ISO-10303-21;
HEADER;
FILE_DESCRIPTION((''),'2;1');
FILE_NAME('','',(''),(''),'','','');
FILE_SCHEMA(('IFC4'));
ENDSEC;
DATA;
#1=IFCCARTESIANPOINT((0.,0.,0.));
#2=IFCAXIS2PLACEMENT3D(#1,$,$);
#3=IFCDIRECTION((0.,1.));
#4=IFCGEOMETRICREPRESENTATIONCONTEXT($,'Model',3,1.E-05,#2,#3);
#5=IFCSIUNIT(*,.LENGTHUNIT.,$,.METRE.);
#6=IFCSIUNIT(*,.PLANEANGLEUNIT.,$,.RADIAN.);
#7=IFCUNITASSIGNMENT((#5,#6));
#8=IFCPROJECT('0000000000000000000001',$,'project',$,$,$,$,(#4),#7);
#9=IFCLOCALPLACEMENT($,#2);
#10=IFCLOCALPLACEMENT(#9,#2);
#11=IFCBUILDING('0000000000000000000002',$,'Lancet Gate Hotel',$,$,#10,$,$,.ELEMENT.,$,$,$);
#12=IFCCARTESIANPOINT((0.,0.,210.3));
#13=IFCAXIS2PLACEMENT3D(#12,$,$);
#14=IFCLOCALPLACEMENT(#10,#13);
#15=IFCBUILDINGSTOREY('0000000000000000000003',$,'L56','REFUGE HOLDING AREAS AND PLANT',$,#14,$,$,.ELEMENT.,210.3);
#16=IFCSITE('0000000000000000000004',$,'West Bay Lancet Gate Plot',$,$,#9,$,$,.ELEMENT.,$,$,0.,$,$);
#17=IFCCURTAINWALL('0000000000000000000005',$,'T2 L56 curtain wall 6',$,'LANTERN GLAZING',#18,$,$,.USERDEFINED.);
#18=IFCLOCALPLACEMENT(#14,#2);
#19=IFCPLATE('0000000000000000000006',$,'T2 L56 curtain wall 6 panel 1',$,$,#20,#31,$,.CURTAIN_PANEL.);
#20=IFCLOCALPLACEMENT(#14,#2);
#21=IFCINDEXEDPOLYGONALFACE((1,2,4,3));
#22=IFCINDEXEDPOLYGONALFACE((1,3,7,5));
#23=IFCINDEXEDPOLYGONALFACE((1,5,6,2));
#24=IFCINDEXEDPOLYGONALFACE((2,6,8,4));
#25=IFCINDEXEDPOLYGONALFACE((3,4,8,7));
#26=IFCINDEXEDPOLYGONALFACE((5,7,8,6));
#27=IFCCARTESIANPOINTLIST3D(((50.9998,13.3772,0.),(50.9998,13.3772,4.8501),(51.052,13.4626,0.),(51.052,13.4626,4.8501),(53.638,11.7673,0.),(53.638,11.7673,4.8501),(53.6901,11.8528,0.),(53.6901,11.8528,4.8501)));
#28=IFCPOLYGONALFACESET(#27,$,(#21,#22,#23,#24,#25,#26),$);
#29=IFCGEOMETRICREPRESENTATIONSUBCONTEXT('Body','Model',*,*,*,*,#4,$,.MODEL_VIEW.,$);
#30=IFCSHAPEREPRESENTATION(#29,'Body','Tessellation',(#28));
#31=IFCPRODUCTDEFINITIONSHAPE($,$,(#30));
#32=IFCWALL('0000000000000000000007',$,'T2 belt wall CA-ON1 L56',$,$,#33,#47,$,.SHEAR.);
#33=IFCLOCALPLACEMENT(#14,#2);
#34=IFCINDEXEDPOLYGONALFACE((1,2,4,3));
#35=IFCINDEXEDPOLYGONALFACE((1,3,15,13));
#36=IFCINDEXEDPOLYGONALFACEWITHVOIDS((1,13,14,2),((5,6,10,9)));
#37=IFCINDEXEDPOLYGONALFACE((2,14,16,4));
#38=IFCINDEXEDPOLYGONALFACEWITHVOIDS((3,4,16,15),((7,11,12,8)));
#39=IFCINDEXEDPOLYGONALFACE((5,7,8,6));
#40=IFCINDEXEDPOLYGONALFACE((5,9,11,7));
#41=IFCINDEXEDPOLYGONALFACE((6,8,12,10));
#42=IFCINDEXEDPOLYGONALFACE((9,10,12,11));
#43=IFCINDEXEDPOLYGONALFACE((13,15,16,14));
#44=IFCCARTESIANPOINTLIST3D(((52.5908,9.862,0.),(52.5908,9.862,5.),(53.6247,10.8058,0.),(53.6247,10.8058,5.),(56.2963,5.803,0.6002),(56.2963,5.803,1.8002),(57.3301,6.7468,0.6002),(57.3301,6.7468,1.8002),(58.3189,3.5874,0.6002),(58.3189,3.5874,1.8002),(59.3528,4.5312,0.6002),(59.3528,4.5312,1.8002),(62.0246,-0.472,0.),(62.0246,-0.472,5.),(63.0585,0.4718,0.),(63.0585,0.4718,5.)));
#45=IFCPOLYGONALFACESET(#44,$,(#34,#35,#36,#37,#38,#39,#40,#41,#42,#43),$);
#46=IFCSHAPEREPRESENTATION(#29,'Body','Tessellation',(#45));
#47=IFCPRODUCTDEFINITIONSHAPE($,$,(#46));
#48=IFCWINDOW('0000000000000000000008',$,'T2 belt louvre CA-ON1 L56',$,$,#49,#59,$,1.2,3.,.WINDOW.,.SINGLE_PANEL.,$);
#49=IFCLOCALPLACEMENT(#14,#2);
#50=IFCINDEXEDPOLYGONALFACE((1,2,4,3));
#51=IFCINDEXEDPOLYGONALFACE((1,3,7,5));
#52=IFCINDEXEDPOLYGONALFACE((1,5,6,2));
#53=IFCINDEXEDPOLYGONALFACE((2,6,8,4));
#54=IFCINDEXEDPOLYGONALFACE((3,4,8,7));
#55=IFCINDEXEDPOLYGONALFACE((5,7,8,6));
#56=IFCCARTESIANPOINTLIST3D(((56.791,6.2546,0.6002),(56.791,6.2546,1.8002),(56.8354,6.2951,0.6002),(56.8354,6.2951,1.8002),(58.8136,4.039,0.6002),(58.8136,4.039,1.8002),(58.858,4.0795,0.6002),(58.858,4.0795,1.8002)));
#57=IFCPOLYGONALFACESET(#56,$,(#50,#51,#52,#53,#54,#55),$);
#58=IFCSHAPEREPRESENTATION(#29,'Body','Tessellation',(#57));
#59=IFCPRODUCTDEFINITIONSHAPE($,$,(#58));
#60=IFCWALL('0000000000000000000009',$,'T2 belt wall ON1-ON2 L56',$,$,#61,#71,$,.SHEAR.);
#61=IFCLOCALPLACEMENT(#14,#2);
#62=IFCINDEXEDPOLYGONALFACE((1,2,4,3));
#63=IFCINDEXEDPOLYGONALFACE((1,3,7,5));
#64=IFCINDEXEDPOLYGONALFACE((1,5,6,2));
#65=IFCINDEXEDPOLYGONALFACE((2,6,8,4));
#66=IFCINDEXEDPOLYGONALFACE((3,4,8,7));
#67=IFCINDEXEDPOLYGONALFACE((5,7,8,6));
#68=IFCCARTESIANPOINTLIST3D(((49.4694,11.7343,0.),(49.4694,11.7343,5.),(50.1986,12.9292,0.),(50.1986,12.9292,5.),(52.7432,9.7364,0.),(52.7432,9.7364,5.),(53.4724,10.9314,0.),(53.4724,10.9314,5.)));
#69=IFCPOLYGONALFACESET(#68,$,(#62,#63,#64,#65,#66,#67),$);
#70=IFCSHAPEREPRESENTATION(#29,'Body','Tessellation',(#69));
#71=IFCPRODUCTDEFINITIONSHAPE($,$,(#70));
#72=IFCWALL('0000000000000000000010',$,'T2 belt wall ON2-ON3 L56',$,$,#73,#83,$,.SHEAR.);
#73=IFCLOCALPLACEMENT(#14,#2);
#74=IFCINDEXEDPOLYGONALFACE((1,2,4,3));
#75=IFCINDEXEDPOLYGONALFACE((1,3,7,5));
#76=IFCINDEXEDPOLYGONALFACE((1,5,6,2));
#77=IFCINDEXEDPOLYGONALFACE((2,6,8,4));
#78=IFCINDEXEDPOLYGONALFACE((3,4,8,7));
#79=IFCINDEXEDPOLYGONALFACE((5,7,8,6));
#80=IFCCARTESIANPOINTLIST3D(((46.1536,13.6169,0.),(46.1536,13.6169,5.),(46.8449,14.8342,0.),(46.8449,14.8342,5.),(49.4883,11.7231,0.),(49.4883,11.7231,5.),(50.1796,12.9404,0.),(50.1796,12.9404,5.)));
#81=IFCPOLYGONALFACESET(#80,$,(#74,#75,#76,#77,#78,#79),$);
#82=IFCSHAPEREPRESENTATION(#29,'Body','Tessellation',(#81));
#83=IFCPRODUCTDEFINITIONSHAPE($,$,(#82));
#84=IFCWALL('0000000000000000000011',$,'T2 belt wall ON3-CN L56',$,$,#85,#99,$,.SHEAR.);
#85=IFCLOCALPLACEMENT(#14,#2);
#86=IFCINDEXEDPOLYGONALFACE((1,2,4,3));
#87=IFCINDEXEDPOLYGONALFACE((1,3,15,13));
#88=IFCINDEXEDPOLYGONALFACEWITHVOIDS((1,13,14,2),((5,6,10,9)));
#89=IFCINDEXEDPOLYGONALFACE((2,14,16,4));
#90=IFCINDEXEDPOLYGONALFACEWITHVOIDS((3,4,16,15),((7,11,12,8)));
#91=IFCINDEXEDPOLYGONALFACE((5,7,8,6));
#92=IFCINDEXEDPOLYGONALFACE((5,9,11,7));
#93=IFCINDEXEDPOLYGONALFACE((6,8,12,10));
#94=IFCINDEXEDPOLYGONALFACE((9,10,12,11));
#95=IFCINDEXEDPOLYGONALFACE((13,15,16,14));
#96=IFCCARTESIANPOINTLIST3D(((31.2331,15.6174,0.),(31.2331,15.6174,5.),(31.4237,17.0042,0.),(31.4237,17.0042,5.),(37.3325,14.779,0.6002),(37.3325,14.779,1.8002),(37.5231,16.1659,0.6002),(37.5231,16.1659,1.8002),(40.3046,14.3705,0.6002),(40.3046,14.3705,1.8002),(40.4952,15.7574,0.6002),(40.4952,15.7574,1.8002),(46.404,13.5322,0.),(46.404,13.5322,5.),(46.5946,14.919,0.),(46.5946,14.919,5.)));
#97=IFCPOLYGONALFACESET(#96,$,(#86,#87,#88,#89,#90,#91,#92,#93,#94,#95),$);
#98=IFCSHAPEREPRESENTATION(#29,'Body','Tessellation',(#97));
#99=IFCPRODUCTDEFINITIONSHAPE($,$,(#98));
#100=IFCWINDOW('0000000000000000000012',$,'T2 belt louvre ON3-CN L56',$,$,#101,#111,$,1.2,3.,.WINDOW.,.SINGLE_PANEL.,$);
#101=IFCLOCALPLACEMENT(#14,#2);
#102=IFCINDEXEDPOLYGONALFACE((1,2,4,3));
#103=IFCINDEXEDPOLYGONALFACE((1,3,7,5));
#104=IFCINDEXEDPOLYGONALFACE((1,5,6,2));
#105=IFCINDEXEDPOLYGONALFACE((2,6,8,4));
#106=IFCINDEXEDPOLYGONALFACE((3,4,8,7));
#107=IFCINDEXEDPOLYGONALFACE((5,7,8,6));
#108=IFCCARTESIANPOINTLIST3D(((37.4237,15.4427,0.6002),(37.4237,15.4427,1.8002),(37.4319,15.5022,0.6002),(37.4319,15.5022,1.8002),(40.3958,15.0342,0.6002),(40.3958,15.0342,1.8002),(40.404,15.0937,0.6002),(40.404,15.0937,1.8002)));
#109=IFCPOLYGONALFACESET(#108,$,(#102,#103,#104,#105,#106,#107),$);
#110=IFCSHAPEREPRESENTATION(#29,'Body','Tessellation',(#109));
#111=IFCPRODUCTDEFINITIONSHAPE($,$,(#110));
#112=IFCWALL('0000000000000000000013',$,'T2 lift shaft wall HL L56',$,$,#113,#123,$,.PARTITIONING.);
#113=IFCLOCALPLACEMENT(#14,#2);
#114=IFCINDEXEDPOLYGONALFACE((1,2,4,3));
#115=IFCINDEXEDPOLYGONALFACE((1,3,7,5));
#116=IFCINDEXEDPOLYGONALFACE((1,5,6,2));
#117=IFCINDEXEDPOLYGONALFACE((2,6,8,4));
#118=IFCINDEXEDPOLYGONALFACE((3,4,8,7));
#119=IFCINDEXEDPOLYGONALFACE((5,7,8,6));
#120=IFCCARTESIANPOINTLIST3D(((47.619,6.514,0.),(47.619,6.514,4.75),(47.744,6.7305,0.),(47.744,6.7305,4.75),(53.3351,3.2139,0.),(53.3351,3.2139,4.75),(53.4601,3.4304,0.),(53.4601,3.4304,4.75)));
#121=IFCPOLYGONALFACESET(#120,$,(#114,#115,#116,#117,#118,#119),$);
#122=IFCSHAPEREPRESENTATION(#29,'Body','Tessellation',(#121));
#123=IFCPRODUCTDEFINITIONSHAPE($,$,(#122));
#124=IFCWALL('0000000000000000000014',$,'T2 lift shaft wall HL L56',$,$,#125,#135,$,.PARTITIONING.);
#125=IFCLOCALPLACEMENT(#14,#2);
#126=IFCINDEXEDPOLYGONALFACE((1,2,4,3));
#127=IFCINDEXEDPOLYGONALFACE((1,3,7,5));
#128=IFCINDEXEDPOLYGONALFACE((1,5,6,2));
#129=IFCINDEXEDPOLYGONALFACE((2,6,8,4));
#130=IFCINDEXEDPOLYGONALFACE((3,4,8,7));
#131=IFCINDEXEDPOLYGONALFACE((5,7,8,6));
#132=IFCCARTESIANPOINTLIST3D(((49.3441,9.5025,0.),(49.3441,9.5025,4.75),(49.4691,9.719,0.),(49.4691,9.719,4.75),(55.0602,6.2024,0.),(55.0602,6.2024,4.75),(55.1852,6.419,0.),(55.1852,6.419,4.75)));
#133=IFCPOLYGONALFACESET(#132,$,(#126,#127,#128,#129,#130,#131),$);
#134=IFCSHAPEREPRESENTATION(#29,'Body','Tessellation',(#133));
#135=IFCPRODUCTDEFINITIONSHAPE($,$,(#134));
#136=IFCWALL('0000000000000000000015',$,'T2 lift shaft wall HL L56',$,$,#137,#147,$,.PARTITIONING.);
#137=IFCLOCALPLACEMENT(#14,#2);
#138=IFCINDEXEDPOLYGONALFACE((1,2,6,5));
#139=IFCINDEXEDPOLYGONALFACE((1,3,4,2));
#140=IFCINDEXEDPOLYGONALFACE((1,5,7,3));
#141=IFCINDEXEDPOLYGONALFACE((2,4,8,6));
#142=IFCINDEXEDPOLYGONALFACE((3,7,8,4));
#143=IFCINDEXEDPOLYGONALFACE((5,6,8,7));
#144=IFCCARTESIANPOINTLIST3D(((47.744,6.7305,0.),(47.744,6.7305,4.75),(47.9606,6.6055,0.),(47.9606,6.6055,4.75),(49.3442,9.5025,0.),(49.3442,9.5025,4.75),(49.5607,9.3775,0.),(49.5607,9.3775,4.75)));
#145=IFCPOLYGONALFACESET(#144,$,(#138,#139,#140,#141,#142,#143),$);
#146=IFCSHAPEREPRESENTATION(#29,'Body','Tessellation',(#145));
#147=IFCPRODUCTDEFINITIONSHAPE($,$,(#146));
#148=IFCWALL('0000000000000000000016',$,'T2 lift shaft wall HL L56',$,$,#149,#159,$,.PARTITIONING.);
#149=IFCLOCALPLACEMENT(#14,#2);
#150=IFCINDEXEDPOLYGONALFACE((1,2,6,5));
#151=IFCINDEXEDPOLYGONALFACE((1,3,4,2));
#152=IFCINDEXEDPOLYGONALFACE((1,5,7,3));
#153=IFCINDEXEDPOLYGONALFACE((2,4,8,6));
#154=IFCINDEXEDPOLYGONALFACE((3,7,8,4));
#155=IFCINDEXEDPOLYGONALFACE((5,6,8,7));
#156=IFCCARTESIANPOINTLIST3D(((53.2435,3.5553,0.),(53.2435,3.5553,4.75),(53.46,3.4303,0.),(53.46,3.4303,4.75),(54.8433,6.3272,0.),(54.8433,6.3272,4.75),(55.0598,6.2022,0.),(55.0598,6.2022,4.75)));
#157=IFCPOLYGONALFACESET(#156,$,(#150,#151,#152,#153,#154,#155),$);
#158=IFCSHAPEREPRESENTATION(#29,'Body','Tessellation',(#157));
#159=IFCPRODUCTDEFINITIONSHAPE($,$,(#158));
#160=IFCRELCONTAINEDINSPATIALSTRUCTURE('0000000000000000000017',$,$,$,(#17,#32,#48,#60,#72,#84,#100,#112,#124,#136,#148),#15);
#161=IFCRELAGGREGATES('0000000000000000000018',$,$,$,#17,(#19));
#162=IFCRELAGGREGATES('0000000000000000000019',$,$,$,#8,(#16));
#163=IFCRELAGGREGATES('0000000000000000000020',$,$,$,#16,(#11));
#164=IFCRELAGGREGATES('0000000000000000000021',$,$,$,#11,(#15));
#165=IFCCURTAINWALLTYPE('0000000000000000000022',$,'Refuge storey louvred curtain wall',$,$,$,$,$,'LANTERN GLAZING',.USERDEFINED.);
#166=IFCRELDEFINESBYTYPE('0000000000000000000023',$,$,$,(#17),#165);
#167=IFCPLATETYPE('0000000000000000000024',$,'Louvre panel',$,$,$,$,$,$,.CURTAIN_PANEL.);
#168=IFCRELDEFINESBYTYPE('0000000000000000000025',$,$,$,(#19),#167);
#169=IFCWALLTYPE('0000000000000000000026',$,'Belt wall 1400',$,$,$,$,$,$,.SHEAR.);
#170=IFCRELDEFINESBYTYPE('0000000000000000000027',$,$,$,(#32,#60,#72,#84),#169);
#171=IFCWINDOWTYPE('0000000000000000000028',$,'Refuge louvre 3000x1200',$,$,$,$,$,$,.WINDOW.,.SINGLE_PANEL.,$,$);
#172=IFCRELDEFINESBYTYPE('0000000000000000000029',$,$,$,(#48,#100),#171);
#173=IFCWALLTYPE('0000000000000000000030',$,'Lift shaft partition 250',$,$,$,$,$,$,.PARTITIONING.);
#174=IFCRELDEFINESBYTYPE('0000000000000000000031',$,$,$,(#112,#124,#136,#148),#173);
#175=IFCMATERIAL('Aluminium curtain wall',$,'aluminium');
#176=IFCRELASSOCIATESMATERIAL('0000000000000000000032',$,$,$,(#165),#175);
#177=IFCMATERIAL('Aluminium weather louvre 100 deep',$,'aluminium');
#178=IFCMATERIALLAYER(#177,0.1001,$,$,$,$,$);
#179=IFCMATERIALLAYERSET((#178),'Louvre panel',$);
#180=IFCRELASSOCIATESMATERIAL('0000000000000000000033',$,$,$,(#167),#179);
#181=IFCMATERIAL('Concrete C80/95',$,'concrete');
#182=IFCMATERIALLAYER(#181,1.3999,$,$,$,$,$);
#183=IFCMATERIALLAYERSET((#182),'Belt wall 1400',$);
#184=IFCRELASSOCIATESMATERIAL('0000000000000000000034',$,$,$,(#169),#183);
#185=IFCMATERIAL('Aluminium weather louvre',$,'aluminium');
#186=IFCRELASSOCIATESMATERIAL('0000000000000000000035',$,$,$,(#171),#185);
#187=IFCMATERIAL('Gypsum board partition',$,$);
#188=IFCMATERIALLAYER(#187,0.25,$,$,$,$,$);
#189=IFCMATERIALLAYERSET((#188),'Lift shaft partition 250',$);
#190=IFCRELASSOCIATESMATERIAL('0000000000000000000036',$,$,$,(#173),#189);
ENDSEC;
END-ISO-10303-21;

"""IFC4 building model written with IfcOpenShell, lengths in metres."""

from ifc_helpers import new_model, si_unit, direction, frame, frame_2d, origin, origin_2d, place, context, subcontext, project, spatial, rectangle, extrude, material, layer, layer_set, type_object, element, fill, aggregate, save


model = new_model("IFC4")

# Units and contexts
model_context = context("Model", 3, precision=1e-05, world=origin(), true_north=direction((0.0, 1.0)))
body_context = subcontext(model_context, "Body", "Model", "MODEL_VIEW")
ifc_project = project(units=[si_unit("LENGTHUNIT", "METRE"), si_unit("PLANEANGLEUNIT", "RADIAN")], contexts=[model_context])

# Site, building, storey
site_placement = place(None, origin())
site = spatial("IfcSite", under=ifc_project, at=site_placement, Name="West Bay Lancet Gate Plot", CompositionType="ELEMENT", RefElevation=0.0)
building_placement = place(site_placement, origin())
building = spatial("IfcBuilding", under=site, at=building_placement, Name="Lancet Gate Hotel", CompositionType="ELEMENT")
storey_placement = place(building_placement, frame((0.0, 0.0, 210.3)))
storey = spatial("IfcBuildingStorey", under=building, at=storey_placement, Name="L56", Description="REFUGE HOLDING AREAS AND PLANT", CompositionType="ELEMENT", Elevation=210.3)

# Curtain wall
ifc_material_1 = material(Name="Aluminium curtain wall", Category="aluminium")
curtain_wall_type = type_object("IfcCurtainWallType", Name="Refuge storey louvred curtain wall", ElementType="LANTERN GLAZING", PredefinedType="USERDEFINED", material=ifc_material_1)
curtain_wall_1_placement = place(storey_placement, origin())
curtain_wall_1 = element("IfcCurtainWall", 1, at=curtain_wall_1_placement, inside=storey, type_object=curtain_wall_type, Name="T2 L56 curtain wall 6", ObjectType="LANTERN GLAZING", PredefinedType="USERDEFINED")

# Plate
ifc_material_2 = material(Name="Aluminium weather louvre 100 deep", Category="aluminium")
ifc_layer_1 = layer(ifc_material_2, 0.1001)
ifc_layer_set_1 = layer_set([ifc_layer_1], Name="Louvre panel")
plate_type = type_object("IfcPlateType", Name="Louvre panel", PredefinedType="CURTAIN_PANEL", material=ifc_layer_set_1)
plate_1_placement = place(storey_placement, frame((52.345, 12.615, 0.0), z_axis=(0.0, 0.0, 1.0), x_axis=(-0.853621, 0.520895, 0.0)))
plate_1 = element("IfcPlate", 2, at=plate_1_placement, type_object=plate_type, Name="T2 L56 curtain wall 6 panel 1", PredefinedType="CURTAIN_PANEL", context=body_context, shape_type="SweptSolid", body=[
    extrude(rectangle(XDim=3.0906, YDim=0.1001, at=origin_2d()), origin(), (0.0, 0.0, 1.0), 4.8501),
])
aggregate(curtain_wall_1, [plate_1])

# Wall, opening, window
ifc_material_3 = material(Name="Concrete C80/95", Category="concrete")
ifc_layer_2 = layer(ifc_material_3, 1.3999)
ifc_layer_set_2 = layer_set([ifc_layer_2], Name="Belt wall 1400")
wall_type_1 = type_object("IfcWallType", Name="Belt wall 1400", PredefinedType="SHEAR", material=ifc_layer_set_2)
wall_1_placement = place(storey_placement, frame((62.5415, 0.0, 0.0), z_axis=(0.0, 0.0, 1.0), x_axis=(-0.674209, 0.73854, 0.0)))
wall_1 = element("IfcWall", 3, at=wall_1_placement, inside=storey, type_object=wall_type_1, Name="T2 belt wall CA-ON1 L56", PredefinedType="SHEAR", context=body_context, shape_type="SweptSolid", body=[
    extrude(rectangle(XDim=13.9924, YDim=1.3999, at=frame_2d((6.9961, 0.0))), origin(), (0.0, 0.0, 1.0), 5.0),
])
opening_1_placement = place(wall_1_placement, frame((5.4963, 0.0, 0.6001)))
opening_1 = element("IfcOpeningElement", 4, at=opening_1_placement, cuts=wall_1, PredefinedType="OPENING", context=body_context, shape_type="SweptSolid", body=[
    extrude(rectangle(XDim=3.0, YDim=1.2, at=frame_2d((1.5, 0.6001))), frame((0.0, 0.71, 0.0), z_axis=(0.0, -1.0, 0.0), x_axis=(1.0, 0.0, 0.0)), (0.0, 0.0, 1.0), 1.4199),
])
ifc_material_4 = material(Name="Aluminium weather louvre", Category="aluminium")
window_type = type_object("IfcWindowType", Name="Refuge louvre 3000x1200", PartitioningType="SINGLE_PANEL", PredefinedType="WINDOW", material=ifc_material_4)
window_1_placement = place(opening_1_placement, origin())
window_1 = element("IfcWindow", 5, at=window_1_placement, inside=storey, type_object=window_type, Name="T2 belt louvre CA-ON1 L56", OverallHeight=1.2, OverallWidth=3.0, PartitioningType="SINGLE_PANEL", PredefinedType="WINDOW", context=body_context, shape_type="SweptSolid", body=[
    extrude(rectangle(XDim=3.0, YDim=1.2, at=frame_2d((1.5, 0.6001))), frame((0.0, 0.03, 0.0), z_axis=(0.0, -1.0, 0.0), x_axis=(1.0, 0.0, 0.0)), (0.0, 0.0, 1.0), 0.0601),
])
fill(opening_1, window_1)

# Walls
wall_2_placement = place(storey_placement, frame((53.1077, 10.334, 0.0), z_axis=(0.0, 0.0, 1.0), x_axis=(-0.853604, 0.520922, 0.0)))
element("IfcWall", 6, at=wall_2_placement, inside=storey, type_object=wall_type_1, Name="T2 belt wall ON1-ON2 L56", PredefinedType="SHEAR", context=body_context, shape_type="SweptSolid", body=[
    extrude(rectangle(XDim=3.8352, YDim=1.3999, at=frame_2d((1.9175, 0.0))), origin(), (0.0, 0.0, 1.0), 5.0),
])
wall_3_placement = place(storey_placement, frame((49.834, 12.3318, 0.0), z_axis=(0.0, 0.0, 1.0), x_axis=(-0.86956, 0.493827, 0.0)))
element("IfcWall", 7, at=wall_3_placement, inside=storey, type_object=wall_type_1, Name="T2 belt wall ON2-ON3 L56", PredefinedType="SHEAR", context=body_context, shape_type="SweptSolid", body=[
    extrude(rectangle(XDim=3.835, YDim=1.3999, at=frame_2d((1.9175, 0.0))), origin(), (0.0, 0.0, 1.0), 5.0),
])

# Wall, opening, window
wall_4_placement = place(storey_placement, frame((46.4993, 14.2256, 0.0), z_axis=(0.0, 0.0, 1.0), x_axis=(-0.990686, 0.136167, 0.0)))
wall_4 = element("IfcWall", 8, at=wall_4_placement, inside=storey, type_object=wall_type_1, Name="T2 belt wall ON3-CN L56", PredefinedType="SHEAR", context=body_context, shape_type="SweptSolid", body=[
    extrude(rectangle(XDim=15.3135, YDim=1.3999, at=frame_2d((7.6567, 0.0))), origin(), (0.0, 0.0, 1.0), 5.0),
])
opening_2_placement = place(wall_4_placement, frame((6.1567, 0.0, 0.6001)))
opening_2 = element("IfcOpeningElement", 9, at=opening_2_placement, cuts=wall_4, PredefinedType="OPENING", context=body_context, shape_type="SweptSolid", body=[
    extrude(rectangle(XDim=3.0, YDim=1.2, at=frame_2d((1.5, 0.6001))), frame((0.0, 0.71, 0.0), z_axis=(0.0, -1.0, 0.0), x_axis=(1.0, 0.0, 0.0)), (0.0, 0.0, 1.0), 1.4199),
])
window_2_placement = place(opening_2_placement, origin())
window_2 = element("IfcWindow", 10, at=window_2_placement, inside=storey, type_object=window_type, Name="T2 belt louvre ON3-CN L56", OverallHeight=1.2, OverallWidth=3.0, PartitioningType="SINGLE_PANEL", PredefinedType="WINDOW", context=body_context, shape_type="SweptSolid", body=[
    extrude(rectangle(XDim=3.0, YDim=1.2, at=frame_2d((1.5, 0.6001))), frame((0.0, 0.03, 0.0), z_axis=(0.0, -1.0, 0.0), x_axis=(1.0, 0.0, 0.0)), (0.0, 0.0, 1.0), 0.0601),
])
fill(opening_2, window_2)

# Walls
ifc_material_5 = material(Name="Gypsum board partition")
ifc_layer_3 = layer(ifc_material_5, 0.25)
ifc_layer_set_3 = layer_set([ifc_layer_3], Name="Lift shaft partition 250")
wall_type_2 = type_object("IfcWallType", Name="Lift shaft partition 250", PredefinedType="PARTITIONING", material=ifc_layer_set_3)
for number, where, z_axis, x_axis, name in (
    (11, (47.6814, 6.6223, 0.0), (0.0, 0.0, 1.0), (0.866033, -0.499986, 0.0), "T2 lift shaft wall HL L56"),
    (12, (49.4065, 9.6108, 0.0), (0.0, 0.0, 1.0), (0.866033, -0.499986, 0.0), "T2 lift shaft wall HL L56"),
):
    element("IfcWall", number, at=place(storey_placement, frame(where, z_axis=z_axis, x_axis=x_axis)), inside=storey, type_object=wall_type_2, Name=name, PredefinedType="PARTITIONING", context=body_context, shape_type="SweptSolid", body=[
        extrude(rectangle(XDim=6.6003, YDim=0.25, at=frame_2d((3.3003, 0.0))), origin(), (0.0, 0.0, 1.0), 4.75),
    ])
wall_5_placement = place(storey_placement, frame((47.8523, 6.668, 0.0), z_axis=(0.0, 0.0, 1.0), x_axis=(0.499929, 0.866066, 0.0)))
element("IfcWall", 13, at=wall_5_placement, inside=storey, type_object=wall_type_2, Name="T2 lift shaft wall HL L56", PredefinedType="PARTITIONING", context=body_context, shape_type="SweptSolid", body=[
    extrude(rectangle(XDim=3.2007, YDim=0.25, at=frame_2d((1.6003, 0.0))), origin(), (0.0, 0.0, 1.0), 4.75),
])
wall_6_placement = place(storey_placement, frame((53.3518, 3.4929, 0.0), z_axis=(0.0, 0.0, 1.0), x_axis=(0.499872, 0.866099, 0.0)))
element("IfcWall", 14, at=wall_6_placement, inside=storey, type_object=wall_type_2, Name="T2 lift shaft wall HL L56", PredefinedType="PARTITIONING", context=body_context, shape_type="SweptSolid", body=[
    extrude(rectangle(XDim=3.2004, YDim=0.25, at=frame_2d((1.6001, 0.0))), origin(), (0.0, 0.0, 1.0), 4.75),
])

save(model, "model.ifc")
